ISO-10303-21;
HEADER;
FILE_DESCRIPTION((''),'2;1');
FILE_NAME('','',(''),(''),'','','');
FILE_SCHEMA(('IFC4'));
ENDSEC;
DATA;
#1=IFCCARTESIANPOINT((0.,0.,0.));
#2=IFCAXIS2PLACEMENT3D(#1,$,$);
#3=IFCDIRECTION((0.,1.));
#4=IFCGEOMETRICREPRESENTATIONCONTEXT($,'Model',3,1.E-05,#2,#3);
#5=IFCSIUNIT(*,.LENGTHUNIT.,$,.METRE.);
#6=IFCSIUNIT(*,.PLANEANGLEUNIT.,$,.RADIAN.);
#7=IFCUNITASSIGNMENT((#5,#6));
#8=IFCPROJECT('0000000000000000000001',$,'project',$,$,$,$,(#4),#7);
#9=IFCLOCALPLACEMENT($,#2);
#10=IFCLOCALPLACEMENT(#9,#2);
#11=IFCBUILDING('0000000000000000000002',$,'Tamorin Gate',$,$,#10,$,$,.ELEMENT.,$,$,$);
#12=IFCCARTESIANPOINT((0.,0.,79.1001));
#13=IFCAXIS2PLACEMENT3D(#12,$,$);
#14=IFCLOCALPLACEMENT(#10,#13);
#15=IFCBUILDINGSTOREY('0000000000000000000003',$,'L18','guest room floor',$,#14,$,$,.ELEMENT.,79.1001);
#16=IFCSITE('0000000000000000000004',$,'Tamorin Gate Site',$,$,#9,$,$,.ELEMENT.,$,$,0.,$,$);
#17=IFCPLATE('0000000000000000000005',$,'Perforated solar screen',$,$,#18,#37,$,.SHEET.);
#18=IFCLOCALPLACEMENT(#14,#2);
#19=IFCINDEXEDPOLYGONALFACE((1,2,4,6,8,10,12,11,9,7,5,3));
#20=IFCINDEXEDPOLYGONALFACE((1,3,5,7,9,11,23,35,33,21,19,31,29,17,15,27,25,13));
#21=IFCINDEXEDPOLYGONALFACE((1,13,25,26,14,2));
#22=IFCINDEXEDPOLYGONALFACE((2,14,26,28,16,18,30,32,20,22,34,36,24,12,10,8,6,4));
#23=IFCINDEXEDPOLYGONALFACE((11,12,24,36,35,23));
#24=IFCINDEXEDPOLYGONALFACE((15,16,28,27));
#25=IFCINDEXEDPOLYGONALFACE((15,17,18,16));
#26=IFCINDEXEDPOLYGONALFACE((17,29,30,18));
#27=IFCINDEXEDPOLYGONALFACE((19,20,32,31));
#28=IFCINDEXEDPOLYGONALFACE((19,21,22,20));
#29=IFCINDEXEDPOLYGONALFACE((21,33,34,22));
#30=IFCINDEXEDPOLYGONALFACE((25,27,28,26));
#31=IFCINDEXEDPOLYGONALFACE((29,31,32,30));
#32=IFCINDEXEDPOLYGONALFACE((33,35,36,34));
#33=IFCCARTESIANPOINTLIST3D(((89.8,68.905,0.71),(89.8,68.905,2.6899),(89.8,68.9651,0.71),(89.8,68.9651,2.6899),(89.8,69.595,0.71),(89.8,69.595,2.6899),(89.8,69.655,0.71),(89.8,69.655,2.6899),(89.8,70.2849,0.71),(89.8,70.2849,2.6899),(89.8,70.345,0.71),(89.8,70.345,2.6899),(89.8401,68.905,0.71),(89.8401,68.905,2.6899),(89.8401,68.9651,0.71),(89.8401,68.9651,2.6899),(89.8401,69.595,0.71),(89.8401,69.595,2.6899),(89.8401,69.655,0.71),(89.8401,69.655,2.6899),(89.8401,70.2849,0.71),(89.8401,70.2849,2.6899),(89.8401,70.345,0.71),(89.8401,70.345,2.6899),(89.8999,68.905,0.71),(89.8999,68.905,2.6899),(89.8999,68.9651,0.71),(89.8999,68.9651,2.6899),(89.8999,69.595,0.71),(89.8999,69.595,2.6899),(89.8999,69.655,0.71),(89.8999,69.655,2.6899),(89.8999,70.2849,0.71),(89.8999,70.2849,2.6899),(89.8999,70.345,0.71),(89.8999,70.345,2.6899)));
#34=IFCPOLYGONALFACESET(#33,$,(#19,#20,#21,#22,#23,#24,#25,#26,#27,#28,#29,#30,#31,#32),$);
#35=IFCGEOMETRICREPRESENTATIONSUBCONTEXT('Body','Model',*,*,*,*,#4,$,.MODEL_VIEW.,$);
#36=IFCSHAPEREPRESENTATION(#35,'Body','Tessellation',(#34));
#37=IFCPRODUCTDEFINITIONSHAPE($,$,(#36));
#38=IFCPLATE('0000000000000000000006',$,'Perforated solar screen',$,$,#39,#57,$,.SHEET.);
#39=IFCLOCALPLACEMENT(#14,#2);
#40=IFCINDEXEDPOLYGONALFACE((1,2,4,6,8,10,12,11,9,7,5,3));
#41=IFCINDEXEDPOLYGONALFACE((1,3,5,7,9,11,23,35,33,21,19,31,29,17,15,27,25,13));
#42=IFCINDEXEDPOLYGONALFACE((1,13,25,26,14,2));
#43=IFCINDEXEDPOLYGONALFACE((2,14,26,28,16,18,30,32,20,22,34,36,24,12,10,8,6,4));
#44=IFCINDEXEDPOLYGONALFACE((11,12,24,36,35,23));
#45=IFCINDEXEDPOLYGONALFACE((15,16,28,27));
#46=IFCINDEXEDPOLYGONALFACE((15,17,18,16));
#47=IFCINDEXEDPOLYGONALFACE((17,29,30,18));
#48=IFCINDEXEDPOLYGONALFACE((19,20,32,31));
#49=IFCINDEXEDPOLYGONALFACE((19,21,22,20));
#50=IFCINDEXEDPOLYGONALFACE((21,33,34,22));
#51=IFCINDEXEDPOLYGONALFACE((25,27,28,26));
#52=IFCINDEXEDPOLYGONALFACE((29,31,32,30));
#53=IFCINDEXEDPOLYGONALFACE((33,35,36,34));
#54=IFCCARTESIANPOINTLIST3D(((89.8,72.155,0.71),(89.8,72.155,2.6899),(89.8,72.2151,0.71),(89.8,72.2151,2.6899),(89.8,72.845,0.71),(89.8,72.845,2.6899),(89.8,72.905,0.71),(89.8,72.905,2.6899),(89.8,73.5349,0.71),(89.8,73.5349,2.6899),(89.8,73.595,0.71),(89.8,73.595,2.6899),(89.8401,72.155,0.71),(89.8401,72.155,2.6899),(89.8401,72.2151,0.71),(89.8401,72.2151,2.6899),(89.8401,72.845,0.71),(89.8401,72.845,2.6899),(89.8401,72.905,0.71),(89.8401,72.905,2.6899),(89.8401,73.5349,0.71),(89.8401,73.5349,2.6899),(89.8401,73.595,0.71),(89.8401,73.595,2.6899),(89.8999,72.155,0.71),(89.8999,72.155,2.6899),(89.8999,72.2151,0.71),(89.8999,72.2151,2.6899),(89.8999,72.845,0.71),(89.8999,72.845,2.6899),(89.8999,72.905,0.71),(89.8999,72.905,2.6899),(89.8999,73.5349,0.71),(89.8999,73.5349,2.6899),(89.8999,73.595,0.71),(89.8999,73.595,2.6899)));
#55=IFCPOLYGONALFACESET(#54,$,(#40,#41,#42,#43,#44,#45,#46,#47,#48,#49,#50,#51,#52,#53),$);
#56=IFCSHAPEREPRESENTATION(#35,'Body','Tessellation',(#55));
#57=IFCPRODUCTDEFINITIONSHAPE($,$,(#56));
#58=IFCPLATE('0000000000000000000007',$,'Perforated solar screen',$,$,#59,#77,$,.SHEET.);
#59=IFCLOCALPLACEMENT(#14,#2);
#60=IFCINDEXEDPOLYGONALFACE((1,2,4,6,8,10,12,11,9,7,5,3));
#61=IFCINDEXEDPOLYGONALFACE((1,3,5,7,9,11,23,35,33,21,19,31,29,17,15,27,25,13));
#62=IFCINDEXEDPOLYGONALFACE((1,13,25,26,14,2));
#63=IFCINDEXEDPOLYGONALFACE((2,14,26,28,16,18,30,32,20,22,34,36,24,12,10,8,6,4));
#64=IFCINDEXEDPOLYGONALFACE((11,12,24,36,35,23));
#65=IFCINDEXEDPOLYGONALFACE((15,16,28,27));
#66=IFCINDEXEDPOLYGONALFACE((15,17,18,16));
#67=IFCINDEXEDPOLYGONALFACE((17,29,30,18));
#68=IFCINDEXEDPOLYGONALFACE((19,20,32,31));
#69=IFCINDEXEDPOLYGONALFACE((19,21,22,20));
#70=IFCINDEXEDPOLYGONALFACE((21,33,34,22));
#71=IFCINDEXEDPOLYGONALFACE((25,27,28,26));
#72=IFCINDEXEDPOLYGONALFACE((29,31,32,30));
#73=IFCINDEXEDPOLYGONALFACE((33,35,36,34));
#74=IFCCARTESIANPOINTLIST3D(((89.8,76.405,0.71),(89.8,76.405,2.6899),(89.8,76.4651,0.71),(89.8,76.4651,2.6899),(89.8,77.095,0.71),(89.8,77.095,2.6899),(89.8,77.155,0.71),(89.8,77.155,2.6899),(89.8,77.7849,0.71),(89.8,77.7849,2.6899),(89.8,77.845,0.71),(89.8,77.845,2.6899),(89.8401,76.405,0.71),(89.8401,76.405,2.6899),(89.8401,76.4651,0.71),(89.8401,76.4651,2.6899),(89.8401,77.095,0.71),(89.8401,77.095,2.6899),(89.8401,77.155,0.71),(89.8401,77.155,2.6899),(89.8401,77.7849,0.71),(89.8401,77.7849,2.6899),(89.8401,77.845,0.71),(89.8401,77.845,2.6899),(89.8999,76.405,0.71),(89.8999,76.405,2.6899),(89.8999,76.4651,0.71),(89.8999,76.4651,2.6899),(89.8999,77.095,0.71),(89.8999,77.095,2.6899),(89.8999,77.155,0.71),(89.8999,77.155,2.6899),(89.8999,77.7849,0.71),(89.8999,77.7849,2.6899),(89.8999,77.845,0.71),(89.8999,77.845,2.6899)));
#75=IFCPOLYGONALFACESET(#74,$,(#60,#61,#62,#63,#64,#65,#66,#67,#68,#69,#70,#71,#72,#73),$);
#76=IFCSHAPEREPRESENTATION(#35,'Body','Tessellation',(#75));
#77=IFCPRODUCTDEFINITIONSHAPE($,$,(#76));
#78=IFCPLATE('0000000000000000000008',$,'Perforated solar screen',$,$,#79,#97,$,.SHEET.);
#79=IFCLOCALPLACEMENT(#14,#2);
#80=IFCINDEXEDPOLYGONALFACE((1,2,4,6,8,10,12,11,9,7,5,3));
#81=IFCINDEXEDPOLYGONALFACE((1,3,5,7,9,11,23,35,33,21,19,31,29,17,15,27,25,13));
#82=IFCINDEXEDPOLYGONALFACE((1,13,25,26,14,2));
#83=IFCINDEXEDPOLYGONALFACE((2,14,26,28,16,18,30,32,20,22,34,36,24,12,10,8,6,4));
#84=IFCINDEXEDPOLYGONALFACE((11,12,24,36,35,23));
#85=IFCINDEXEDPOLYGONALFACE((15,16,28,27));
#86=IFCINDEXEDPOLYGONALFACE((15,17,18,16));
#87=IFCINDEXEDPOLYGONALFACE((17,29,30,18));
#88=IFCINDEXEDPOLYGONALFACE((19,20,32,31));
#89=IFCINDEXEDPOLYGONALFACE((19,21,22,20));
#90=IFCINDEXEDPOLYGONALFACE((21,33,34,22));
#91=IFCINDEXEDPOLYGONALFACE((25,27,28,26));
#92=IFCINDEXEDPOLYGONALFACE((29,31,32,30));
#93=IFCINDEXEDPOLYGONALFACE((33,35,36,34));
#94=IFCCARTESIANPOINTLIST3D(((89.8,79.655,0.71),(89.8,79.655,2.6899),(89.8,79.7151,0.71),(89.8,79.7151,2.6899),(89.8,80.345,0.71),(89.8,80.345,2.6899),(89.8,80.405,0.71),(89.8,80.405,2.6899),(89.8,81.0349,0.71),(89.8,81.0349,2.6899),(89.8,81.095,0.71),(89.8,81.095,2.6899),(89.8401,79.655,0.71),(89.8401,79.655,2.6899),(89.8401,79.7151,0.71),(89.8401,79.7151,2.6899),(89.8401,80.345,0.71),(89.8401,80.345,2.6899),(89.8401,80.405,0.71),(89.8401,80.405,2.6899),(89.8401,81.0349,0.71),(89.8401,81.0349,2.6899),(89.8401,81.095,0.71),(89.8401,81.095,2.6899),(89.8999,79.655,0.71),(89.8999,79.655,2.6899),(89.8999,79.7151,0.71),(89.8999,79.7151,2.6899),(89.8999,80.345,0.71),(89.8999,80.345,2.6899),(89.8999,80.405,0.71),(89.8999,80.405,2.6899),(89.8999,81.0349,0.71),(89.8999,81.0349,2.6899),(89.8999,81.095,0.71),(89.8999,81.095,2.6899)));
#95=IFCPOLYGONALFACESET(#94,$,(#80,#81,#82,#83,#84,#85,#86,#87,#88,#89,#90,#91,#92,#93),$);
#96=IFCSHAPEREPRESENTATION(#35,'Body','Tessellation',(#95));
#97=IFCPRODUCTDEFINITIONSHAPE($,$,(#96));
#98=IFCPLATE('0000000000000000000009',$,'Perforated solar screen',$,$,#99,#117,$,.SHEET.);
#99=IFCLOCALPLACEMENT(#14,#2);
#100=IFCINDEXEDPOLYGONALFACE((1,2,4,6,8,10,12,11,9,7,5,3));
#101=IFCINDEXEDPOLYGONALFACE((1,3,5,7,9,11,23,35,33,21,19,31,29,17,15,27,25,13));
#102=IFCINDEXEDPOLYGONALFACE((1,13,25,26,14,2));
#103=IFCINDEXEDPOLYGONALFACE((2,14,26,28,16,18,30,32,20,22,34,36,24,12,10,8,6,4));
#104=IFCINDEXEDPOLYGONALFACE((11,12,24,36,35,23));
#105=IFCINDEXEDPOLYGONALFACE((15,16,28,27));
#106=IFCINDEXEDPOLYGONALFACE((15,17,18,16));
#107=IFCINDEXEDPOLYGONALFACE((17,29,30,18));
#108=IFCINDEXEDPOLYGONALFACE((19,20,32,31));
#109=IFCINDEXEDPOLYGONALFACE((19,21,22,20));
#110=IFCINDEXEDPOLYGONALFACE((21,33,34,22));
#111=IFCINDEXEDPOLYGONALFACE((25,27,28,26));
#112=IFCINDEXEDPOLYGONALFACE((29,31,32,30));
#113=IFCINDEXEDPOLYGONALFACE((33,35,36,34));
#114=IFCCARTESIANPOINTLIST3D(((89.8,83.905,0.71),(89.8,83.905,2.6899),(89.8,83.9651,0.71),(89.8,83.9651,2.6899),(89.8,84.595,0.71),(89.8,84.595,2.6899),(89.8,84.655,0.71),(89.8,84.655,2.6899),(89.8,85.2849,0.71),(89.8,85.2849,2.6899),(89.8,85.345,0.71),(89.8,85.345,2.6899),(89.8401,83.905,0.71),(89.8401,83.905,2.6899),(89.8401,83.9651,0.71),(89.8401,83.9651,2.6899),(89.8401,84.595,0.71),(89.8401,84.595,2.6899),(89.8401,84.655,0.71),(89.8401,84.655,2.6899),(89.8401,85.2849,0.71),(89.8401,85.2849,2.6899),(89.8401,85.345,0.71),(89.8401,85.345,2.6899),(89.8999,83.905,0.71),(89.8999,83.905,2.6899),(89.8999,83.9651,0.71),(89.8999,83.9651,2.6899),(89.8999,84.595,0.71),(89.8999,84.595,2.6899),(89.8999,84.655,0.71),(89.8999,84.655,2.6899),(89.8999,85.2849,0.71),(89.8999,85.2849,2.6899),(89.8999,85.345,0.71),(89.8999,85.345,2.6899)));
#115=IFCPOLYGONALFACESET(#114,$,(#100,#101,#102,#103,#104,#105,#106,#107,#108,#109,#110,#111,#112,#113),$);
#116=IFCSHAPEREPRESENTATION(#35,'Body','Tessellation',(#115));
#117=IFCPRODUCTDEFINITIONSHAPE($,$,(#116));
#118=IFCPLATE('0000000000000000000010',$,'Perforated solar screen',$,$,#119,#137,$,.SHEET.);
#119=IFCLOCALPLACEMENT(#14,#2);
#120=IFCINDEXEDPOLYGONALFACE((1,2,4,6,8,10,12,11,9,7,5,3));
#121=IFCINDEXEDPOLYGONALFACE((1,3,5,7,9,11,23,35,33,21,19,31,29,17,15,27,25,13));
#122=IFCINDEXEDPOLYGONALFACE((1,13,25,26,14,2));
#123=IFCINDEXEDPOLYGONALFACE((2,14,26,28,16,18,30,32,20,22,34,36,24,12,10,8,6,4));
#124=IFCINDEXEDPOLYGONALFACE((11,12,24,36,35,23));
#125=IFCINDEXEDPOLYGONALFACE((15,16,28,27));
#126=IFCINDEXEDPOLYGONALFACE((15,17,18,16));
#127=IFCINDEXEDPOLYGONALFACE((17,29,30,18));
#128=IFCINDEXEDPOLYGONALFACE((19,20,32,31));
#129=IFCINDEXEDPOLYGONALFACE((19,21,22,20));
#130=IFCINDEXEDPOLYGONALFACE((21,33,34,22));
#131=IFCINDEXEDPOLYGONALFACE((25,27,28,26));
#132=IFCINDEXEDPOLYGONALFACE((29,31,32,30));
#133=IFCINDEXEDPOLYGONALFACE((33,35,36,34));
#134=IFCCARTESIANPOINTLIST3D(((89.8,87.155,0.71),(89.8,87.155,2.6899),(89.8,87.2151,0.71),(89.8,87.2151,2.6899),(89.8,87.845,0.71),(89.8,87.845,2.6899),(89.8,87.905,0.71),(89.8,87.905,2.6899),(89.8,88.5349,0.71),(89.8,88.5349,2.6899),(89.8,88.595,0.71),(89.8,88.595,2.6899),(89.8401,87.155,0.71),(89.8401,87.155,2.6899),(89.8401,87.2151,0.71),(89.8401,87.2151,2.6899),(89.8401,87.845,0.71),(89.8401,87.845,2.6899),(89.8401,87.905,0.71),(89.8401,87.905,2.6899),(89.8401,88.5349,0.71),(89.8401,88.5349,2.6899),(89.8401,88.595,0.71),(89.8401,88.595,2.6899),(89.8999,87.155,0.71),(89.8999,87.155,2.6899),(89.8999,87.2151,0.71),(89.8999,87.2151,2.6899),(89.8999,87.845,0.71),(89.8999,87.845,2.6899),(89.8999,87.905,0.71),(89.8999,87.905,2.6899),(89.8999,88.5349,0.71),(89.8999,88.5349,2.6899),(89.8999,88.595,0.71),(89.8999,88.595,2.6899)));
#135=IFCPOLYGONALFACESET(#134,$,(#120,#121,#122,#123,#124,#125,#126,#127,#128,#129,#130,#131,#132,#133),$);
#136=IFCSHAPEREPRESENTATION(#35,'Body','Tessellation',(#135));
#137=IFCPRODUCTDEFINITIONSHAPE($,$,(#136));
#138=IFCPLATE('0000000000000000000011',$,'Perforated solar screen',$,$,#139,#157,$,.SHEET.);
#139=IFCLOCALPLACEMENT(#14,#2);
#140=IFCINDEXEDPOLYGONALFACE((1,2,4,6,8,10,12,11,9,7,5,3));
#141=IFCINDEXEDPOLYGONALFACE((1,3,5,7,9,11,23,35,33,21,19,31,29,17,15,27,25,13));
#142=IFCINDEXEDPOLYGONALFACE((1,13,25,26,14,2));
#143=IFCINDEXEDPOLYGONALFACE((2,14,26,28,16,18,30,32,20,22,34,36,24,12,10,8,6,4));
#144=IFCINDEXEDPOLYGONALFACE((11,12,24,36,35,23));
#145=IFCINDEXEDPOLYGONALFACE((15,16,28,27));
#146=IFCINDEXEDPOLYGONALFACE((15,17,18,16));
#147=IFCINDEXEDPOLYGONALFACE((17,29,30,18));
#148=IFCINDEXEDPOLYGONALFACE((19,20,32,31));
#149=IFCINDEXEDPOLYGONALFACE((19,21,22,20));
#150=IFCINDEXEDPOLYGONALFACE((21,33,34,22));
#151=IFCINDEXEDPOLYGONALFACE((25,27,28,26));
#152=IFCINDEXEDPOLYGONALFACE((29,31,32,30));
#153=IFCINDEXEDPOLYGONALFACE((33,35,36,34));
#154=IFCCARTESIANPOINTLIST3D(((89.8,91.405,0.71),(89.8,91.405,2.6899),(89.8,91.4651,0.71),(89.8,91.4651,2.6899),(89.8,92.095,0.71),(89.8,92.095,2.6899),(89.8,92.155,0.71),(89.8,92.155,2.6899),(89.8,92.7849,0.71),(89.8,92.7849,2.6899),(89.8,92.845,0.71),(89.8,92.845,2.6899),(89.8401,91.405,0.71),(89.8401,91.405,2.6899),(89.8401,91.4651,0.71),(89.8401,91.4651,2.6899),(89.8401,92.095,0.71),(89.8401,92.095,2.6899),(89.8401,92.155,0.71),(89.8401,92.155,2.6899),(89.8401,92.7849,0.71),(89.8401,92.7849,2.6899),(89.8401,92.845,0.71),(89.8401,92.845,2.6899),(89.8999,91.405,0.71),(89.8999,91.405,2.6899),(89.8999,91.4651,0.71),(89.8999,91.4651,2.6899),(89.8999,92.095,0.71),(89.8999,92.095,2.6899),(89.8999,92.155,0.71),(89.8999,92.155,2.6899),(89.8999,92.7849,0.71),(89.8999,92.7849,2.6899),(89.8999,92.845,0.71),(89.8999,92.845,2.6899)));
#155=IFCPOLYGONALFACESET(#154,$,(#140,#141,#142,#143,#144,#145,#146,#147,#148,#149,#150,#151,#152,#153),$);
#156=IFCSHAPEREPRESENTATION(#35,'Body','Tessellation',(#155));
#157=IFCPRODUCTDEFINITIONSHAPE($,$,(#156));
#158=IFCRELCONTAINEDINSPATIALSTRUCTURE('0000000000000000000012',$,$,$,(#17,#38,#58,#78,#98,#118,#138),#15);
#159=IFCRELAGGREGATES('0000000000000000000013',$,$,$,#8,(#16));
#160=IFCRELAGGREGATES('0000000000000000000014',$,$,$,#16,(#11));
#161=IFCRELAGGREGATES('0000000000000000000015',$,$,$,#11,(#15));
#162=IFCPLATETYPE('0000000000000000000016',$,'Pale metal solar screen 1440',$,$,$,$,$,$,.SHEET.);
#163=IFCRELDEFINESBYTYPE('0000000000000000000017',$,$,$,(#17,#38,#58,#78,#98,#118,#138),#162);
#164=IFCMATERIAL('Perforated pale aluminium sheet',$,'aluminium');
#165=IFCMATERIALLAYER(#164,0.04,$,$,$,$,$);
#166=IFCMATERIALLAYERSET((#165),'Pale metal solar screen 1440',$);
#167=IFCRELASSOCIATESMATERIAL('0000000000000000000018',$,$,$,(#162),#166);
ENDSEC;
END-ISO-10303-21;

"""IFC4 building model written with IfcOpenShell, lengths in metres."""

from ifc_helpers import new_model, si_unit, direction, frame, origin, place, context, subcontext, project, spatial, polyline, outline, extrude, material, layer, layer_set, type_object, element, save


model = new_model("IFC4")

# Units and contexts
model_context = context("Model", 3, precision=1e-05, world=origin(), true_north=direction((0.0, 1.0)))
body_context = subcontext(model_context, "Body", "Model", "MODEL_VIEW")
ifc_project = project(units=[si_unit("LENGTHUNIT", "METRE"), si_unit("PLANEANGLEUNIT", "RADIAN")], contexts=[model_context])

# Site, building, storey
site_placement = place(None, origin())
site = spatial("IfcSite", under=ifc_project, at=site_placement, Name="Tamorin Gate Site", CompositionType="ELEMENT", RefElevation=0.0)
building_placement = place(site_placement, origin())
building = spatial("IfcBuilding", under=site, at=building_placement, Name="Tamorin Gate", CompositionType="ELEMENT")
storey_placement = place(building_placement, frame((0.0, 0.0, 79.1001)))
storey = spatial("IfcBuildingStorey", under=building, at=storey_placement, Name="L18", Description="guest room floor", CompositionType="ELEMENT", Elevation=79.1001)

# Plates
ifc_material = material(Name="Perforated pale aluminium sheet", Category="aluminium")
ifc_layer = layer(ifc_material, 0.04)
ifc_layer_set = layer_set([ifc_layer], Name="Pale metal solar screen 1440")
plate_type = type_object("IfcPlateType", Name="Pale metal solar screen 1440", PredefinedType="SHEET", material=ifc_layer_set)
plate_1_placement = place(storey_placement, frame((0.0, 0.0, 0.71)))
element("IfcPlate", 1, at=plate_1_placement, inside=storey, type_object=plate_type, Name="Perforated solar screen", PredefinedType="SHEET", context=body_context, shape_type="SweptSolid", body=[
    extrude(outline(polyline([(89.8401, 68.905), (89.8, 68.905), (89.8, 68.9651), (89.8, 69.595), (89.8, 69.655), (89.8, 70.2849), (89.8, 70.345), (89.8401, 70.345), (89.8999, 70.345), (89.8999, 70.2849), (89.8401, 70.2849), (89.8401, 69.655), (89.8999, 69.655), (89.8999, 69.595), (89.8401, 69.595), (89.8401, 68.9651), (89.8999, 68.9651), (89.8999, 68.905), (89.8401, 68.905)])), origin(), (0.0, 0.0, 1.0), 1.98),
])
plate_2_placement = place(storey_placement, frame((0.0, 0.0, 0.71)))
element("IfcPlate", 2, at=plate_2_placement, inside=storey, type_object=plate_type, Name="Perforated solar screen", PredefinedType="SHEET", context=body_context, shape_type="SweptSolid", body=[
    extrude(outline(polyline([(89.8401, 72.155), (89.8, 72.155), (89.8, 72.2151), (89.8, 72.845), (89.8, 72.905), (89.8, 73.5349), (89.8, 73.595), (89.8401, 73.595), (89.8999, 73.595), (89.8999, 73.5349), (89.8401, 73.5349), (89.8401, 72.905), (89.8999, 72.905), (89.8999, 72.845), (89.8401, 72.845), (89.8401, 72.2151), (89.8999, 72.2151), (89.8999, 72.155), (89.8401, 72.155)])), origin(), (0.0, 0.0, 1.0), 1.98),
])
plate_3_placement = place(storey_placement, frame((0.0, 0.0, 0.71)))
element("IfcPlate", 3, at=plate_3_placement, inside=storey, type_object=plate_type, Name="Perforated solar screen", PredefinedType="SHEET", context=body_context, shape_type="SweptSolid", body=[
    extrude(outline(polyline([(89.8401, 76.405), (89.8, 76.405), (89.8, 76.4651), (89.8, 77.095), (89.8, 77.155), (89.8, 77.7849), (89.8, 77.845), (89.8401, 77.845), (89.8999, 77.845), (89.8999, 77.7849), (89.8401, 77.7849), (89.8401, 77.155), (89.8999, 77.155), (89.8999, 77.095), (89.8401, 77.095), (89.8401, 76.4651), (89.8999, 76.4651), (89.8999, 76.405), (89.8401, 76.405)])), origin(), (0.0, 0.0, 1.0), 1.98),
])
plate_4_placement = place(storey_placement, frame((0.0, 0.0, 0.71)))
element("IfcPlate", 4, at=plate_4_placement, inside=storey, type_object=plate_type, Name="Perforated solar screen", PredefinedType="SHEET", context=body_context, shape_type="SweptSolid", body=[
    extrude(outline(polyline([(89.8401, 79.655), (89.8, 79.655), (89.8, 79.7151), (89.8, 80.345), (89.8, 80.405), (89.8, 81.0349), (89.8, 81.095), (89.8401, 81.095), (89.8999, 81.095), (89.8999, 81.0349), (89.8401, 81.0349), (89.8401, 80.405), (89.8999, 80.405), (89.8999, 80.345), (89.8401, 80.345), (89.8401, 79.7151), (89.8999, 79.7151), (89.8999, 79.655), (89.8401, 79.655)])), origin(), (0.0, 0.0, 1.0), 1.98),
])
plate_5_placement = place(storey_placement, frame((0.0, 0.0, 0.71)))
element("IfcPlate", 5, at=plate_5_placement, inside=storey, type_object=plate_type, Name="Perforated solar screen", PredefinedType="SHEET", context=body_context, shape_type="SweptSolid", body=[
    extrude(outline(polyline([(89.8401, 83.905), (89.8, 83.905), (89.8, 83.9651), (89.8, 84.595), (89.8, 84.655), (89.8, 85.2849), (89.8, 85.345), (89.8401, 85.345), (89.8999, 85.345), (89.8999, 85.2849), (89.8401, 85.2849), (89.8401, 84.655), (89.8999, 84.655), (89.8999, 84.595), (89.8401, 84.595), (89.8401, 83.9651), (89.8999, 83.9651), (89.8999, 83.905), (89.8401, 83.905)])), origin(), (0.0, 0.0, 1.0), 1.98),
])
plate_6_placement = place(storey_placement, frame((0.0, 0.0, 0.71)))
element("IfcPlate", 6, at=plate_6_placement, inside=storey, type_object=plate_type, Name="Perforated solar screen", PredefinedType="SHEET", context=body_context, shape_type="SweptSolid", body=[
    extrude(outline(polyline([(89.8401, 87.155), (89.8, 87.155), (89.8, 87.2151), (89.8, 87.845), (89.8, 87.905), (89.8, 88.5349), (89.8, 88.595), (89.8401, 88.595), (89.8999, 88.595), (89.8999, 88.5349), (89.8401, 88.5349), (89.8401, 87.905), (89.8999, 87.905), (89.8999, 87.845), (89.8401, 87.845), (89.8401, 87.2151), (89.8999, 87.2151), (89.8999, 87.155), (89.8401, 87.155)])), origin(), (0.0, 0.0, 1.0), 1.98),
])
plate_7_placement = place(storey_placement, frame((0.0, 0.0, 0.71)))
element("IfcPlate", 7, at=plate_7_placement, inside=storey, type_object=plate_type, Name="Perforated solar screen", PredefinedType="SHEET", context=body_context, shape_type="SweptSolid", body=[
    extrude(outline(polyline([(89.8401, 91.405), (89.8, 91.405), (89.8, 91.4651), (89.8, 92.095), (89.8, 92.155), (89.8, 92.7849), (89.8, 92.845), (89.8401, 92.845), (89.8999, 92.845), (89.8999, 92.7849), (89.8401, 92.7849), (89.8401, 92.155), (89.8999, 92.155), (89.8999, 92.095), (89.8401, 92.095), (89.8401, 91.4651), (89.8999, 91.4651), (89.8999, 91.405), (89.8401, 91.405)])), origin(), (0.0, 0.0, 1.0), 1.98),
])

save(model, "model.ifc")
